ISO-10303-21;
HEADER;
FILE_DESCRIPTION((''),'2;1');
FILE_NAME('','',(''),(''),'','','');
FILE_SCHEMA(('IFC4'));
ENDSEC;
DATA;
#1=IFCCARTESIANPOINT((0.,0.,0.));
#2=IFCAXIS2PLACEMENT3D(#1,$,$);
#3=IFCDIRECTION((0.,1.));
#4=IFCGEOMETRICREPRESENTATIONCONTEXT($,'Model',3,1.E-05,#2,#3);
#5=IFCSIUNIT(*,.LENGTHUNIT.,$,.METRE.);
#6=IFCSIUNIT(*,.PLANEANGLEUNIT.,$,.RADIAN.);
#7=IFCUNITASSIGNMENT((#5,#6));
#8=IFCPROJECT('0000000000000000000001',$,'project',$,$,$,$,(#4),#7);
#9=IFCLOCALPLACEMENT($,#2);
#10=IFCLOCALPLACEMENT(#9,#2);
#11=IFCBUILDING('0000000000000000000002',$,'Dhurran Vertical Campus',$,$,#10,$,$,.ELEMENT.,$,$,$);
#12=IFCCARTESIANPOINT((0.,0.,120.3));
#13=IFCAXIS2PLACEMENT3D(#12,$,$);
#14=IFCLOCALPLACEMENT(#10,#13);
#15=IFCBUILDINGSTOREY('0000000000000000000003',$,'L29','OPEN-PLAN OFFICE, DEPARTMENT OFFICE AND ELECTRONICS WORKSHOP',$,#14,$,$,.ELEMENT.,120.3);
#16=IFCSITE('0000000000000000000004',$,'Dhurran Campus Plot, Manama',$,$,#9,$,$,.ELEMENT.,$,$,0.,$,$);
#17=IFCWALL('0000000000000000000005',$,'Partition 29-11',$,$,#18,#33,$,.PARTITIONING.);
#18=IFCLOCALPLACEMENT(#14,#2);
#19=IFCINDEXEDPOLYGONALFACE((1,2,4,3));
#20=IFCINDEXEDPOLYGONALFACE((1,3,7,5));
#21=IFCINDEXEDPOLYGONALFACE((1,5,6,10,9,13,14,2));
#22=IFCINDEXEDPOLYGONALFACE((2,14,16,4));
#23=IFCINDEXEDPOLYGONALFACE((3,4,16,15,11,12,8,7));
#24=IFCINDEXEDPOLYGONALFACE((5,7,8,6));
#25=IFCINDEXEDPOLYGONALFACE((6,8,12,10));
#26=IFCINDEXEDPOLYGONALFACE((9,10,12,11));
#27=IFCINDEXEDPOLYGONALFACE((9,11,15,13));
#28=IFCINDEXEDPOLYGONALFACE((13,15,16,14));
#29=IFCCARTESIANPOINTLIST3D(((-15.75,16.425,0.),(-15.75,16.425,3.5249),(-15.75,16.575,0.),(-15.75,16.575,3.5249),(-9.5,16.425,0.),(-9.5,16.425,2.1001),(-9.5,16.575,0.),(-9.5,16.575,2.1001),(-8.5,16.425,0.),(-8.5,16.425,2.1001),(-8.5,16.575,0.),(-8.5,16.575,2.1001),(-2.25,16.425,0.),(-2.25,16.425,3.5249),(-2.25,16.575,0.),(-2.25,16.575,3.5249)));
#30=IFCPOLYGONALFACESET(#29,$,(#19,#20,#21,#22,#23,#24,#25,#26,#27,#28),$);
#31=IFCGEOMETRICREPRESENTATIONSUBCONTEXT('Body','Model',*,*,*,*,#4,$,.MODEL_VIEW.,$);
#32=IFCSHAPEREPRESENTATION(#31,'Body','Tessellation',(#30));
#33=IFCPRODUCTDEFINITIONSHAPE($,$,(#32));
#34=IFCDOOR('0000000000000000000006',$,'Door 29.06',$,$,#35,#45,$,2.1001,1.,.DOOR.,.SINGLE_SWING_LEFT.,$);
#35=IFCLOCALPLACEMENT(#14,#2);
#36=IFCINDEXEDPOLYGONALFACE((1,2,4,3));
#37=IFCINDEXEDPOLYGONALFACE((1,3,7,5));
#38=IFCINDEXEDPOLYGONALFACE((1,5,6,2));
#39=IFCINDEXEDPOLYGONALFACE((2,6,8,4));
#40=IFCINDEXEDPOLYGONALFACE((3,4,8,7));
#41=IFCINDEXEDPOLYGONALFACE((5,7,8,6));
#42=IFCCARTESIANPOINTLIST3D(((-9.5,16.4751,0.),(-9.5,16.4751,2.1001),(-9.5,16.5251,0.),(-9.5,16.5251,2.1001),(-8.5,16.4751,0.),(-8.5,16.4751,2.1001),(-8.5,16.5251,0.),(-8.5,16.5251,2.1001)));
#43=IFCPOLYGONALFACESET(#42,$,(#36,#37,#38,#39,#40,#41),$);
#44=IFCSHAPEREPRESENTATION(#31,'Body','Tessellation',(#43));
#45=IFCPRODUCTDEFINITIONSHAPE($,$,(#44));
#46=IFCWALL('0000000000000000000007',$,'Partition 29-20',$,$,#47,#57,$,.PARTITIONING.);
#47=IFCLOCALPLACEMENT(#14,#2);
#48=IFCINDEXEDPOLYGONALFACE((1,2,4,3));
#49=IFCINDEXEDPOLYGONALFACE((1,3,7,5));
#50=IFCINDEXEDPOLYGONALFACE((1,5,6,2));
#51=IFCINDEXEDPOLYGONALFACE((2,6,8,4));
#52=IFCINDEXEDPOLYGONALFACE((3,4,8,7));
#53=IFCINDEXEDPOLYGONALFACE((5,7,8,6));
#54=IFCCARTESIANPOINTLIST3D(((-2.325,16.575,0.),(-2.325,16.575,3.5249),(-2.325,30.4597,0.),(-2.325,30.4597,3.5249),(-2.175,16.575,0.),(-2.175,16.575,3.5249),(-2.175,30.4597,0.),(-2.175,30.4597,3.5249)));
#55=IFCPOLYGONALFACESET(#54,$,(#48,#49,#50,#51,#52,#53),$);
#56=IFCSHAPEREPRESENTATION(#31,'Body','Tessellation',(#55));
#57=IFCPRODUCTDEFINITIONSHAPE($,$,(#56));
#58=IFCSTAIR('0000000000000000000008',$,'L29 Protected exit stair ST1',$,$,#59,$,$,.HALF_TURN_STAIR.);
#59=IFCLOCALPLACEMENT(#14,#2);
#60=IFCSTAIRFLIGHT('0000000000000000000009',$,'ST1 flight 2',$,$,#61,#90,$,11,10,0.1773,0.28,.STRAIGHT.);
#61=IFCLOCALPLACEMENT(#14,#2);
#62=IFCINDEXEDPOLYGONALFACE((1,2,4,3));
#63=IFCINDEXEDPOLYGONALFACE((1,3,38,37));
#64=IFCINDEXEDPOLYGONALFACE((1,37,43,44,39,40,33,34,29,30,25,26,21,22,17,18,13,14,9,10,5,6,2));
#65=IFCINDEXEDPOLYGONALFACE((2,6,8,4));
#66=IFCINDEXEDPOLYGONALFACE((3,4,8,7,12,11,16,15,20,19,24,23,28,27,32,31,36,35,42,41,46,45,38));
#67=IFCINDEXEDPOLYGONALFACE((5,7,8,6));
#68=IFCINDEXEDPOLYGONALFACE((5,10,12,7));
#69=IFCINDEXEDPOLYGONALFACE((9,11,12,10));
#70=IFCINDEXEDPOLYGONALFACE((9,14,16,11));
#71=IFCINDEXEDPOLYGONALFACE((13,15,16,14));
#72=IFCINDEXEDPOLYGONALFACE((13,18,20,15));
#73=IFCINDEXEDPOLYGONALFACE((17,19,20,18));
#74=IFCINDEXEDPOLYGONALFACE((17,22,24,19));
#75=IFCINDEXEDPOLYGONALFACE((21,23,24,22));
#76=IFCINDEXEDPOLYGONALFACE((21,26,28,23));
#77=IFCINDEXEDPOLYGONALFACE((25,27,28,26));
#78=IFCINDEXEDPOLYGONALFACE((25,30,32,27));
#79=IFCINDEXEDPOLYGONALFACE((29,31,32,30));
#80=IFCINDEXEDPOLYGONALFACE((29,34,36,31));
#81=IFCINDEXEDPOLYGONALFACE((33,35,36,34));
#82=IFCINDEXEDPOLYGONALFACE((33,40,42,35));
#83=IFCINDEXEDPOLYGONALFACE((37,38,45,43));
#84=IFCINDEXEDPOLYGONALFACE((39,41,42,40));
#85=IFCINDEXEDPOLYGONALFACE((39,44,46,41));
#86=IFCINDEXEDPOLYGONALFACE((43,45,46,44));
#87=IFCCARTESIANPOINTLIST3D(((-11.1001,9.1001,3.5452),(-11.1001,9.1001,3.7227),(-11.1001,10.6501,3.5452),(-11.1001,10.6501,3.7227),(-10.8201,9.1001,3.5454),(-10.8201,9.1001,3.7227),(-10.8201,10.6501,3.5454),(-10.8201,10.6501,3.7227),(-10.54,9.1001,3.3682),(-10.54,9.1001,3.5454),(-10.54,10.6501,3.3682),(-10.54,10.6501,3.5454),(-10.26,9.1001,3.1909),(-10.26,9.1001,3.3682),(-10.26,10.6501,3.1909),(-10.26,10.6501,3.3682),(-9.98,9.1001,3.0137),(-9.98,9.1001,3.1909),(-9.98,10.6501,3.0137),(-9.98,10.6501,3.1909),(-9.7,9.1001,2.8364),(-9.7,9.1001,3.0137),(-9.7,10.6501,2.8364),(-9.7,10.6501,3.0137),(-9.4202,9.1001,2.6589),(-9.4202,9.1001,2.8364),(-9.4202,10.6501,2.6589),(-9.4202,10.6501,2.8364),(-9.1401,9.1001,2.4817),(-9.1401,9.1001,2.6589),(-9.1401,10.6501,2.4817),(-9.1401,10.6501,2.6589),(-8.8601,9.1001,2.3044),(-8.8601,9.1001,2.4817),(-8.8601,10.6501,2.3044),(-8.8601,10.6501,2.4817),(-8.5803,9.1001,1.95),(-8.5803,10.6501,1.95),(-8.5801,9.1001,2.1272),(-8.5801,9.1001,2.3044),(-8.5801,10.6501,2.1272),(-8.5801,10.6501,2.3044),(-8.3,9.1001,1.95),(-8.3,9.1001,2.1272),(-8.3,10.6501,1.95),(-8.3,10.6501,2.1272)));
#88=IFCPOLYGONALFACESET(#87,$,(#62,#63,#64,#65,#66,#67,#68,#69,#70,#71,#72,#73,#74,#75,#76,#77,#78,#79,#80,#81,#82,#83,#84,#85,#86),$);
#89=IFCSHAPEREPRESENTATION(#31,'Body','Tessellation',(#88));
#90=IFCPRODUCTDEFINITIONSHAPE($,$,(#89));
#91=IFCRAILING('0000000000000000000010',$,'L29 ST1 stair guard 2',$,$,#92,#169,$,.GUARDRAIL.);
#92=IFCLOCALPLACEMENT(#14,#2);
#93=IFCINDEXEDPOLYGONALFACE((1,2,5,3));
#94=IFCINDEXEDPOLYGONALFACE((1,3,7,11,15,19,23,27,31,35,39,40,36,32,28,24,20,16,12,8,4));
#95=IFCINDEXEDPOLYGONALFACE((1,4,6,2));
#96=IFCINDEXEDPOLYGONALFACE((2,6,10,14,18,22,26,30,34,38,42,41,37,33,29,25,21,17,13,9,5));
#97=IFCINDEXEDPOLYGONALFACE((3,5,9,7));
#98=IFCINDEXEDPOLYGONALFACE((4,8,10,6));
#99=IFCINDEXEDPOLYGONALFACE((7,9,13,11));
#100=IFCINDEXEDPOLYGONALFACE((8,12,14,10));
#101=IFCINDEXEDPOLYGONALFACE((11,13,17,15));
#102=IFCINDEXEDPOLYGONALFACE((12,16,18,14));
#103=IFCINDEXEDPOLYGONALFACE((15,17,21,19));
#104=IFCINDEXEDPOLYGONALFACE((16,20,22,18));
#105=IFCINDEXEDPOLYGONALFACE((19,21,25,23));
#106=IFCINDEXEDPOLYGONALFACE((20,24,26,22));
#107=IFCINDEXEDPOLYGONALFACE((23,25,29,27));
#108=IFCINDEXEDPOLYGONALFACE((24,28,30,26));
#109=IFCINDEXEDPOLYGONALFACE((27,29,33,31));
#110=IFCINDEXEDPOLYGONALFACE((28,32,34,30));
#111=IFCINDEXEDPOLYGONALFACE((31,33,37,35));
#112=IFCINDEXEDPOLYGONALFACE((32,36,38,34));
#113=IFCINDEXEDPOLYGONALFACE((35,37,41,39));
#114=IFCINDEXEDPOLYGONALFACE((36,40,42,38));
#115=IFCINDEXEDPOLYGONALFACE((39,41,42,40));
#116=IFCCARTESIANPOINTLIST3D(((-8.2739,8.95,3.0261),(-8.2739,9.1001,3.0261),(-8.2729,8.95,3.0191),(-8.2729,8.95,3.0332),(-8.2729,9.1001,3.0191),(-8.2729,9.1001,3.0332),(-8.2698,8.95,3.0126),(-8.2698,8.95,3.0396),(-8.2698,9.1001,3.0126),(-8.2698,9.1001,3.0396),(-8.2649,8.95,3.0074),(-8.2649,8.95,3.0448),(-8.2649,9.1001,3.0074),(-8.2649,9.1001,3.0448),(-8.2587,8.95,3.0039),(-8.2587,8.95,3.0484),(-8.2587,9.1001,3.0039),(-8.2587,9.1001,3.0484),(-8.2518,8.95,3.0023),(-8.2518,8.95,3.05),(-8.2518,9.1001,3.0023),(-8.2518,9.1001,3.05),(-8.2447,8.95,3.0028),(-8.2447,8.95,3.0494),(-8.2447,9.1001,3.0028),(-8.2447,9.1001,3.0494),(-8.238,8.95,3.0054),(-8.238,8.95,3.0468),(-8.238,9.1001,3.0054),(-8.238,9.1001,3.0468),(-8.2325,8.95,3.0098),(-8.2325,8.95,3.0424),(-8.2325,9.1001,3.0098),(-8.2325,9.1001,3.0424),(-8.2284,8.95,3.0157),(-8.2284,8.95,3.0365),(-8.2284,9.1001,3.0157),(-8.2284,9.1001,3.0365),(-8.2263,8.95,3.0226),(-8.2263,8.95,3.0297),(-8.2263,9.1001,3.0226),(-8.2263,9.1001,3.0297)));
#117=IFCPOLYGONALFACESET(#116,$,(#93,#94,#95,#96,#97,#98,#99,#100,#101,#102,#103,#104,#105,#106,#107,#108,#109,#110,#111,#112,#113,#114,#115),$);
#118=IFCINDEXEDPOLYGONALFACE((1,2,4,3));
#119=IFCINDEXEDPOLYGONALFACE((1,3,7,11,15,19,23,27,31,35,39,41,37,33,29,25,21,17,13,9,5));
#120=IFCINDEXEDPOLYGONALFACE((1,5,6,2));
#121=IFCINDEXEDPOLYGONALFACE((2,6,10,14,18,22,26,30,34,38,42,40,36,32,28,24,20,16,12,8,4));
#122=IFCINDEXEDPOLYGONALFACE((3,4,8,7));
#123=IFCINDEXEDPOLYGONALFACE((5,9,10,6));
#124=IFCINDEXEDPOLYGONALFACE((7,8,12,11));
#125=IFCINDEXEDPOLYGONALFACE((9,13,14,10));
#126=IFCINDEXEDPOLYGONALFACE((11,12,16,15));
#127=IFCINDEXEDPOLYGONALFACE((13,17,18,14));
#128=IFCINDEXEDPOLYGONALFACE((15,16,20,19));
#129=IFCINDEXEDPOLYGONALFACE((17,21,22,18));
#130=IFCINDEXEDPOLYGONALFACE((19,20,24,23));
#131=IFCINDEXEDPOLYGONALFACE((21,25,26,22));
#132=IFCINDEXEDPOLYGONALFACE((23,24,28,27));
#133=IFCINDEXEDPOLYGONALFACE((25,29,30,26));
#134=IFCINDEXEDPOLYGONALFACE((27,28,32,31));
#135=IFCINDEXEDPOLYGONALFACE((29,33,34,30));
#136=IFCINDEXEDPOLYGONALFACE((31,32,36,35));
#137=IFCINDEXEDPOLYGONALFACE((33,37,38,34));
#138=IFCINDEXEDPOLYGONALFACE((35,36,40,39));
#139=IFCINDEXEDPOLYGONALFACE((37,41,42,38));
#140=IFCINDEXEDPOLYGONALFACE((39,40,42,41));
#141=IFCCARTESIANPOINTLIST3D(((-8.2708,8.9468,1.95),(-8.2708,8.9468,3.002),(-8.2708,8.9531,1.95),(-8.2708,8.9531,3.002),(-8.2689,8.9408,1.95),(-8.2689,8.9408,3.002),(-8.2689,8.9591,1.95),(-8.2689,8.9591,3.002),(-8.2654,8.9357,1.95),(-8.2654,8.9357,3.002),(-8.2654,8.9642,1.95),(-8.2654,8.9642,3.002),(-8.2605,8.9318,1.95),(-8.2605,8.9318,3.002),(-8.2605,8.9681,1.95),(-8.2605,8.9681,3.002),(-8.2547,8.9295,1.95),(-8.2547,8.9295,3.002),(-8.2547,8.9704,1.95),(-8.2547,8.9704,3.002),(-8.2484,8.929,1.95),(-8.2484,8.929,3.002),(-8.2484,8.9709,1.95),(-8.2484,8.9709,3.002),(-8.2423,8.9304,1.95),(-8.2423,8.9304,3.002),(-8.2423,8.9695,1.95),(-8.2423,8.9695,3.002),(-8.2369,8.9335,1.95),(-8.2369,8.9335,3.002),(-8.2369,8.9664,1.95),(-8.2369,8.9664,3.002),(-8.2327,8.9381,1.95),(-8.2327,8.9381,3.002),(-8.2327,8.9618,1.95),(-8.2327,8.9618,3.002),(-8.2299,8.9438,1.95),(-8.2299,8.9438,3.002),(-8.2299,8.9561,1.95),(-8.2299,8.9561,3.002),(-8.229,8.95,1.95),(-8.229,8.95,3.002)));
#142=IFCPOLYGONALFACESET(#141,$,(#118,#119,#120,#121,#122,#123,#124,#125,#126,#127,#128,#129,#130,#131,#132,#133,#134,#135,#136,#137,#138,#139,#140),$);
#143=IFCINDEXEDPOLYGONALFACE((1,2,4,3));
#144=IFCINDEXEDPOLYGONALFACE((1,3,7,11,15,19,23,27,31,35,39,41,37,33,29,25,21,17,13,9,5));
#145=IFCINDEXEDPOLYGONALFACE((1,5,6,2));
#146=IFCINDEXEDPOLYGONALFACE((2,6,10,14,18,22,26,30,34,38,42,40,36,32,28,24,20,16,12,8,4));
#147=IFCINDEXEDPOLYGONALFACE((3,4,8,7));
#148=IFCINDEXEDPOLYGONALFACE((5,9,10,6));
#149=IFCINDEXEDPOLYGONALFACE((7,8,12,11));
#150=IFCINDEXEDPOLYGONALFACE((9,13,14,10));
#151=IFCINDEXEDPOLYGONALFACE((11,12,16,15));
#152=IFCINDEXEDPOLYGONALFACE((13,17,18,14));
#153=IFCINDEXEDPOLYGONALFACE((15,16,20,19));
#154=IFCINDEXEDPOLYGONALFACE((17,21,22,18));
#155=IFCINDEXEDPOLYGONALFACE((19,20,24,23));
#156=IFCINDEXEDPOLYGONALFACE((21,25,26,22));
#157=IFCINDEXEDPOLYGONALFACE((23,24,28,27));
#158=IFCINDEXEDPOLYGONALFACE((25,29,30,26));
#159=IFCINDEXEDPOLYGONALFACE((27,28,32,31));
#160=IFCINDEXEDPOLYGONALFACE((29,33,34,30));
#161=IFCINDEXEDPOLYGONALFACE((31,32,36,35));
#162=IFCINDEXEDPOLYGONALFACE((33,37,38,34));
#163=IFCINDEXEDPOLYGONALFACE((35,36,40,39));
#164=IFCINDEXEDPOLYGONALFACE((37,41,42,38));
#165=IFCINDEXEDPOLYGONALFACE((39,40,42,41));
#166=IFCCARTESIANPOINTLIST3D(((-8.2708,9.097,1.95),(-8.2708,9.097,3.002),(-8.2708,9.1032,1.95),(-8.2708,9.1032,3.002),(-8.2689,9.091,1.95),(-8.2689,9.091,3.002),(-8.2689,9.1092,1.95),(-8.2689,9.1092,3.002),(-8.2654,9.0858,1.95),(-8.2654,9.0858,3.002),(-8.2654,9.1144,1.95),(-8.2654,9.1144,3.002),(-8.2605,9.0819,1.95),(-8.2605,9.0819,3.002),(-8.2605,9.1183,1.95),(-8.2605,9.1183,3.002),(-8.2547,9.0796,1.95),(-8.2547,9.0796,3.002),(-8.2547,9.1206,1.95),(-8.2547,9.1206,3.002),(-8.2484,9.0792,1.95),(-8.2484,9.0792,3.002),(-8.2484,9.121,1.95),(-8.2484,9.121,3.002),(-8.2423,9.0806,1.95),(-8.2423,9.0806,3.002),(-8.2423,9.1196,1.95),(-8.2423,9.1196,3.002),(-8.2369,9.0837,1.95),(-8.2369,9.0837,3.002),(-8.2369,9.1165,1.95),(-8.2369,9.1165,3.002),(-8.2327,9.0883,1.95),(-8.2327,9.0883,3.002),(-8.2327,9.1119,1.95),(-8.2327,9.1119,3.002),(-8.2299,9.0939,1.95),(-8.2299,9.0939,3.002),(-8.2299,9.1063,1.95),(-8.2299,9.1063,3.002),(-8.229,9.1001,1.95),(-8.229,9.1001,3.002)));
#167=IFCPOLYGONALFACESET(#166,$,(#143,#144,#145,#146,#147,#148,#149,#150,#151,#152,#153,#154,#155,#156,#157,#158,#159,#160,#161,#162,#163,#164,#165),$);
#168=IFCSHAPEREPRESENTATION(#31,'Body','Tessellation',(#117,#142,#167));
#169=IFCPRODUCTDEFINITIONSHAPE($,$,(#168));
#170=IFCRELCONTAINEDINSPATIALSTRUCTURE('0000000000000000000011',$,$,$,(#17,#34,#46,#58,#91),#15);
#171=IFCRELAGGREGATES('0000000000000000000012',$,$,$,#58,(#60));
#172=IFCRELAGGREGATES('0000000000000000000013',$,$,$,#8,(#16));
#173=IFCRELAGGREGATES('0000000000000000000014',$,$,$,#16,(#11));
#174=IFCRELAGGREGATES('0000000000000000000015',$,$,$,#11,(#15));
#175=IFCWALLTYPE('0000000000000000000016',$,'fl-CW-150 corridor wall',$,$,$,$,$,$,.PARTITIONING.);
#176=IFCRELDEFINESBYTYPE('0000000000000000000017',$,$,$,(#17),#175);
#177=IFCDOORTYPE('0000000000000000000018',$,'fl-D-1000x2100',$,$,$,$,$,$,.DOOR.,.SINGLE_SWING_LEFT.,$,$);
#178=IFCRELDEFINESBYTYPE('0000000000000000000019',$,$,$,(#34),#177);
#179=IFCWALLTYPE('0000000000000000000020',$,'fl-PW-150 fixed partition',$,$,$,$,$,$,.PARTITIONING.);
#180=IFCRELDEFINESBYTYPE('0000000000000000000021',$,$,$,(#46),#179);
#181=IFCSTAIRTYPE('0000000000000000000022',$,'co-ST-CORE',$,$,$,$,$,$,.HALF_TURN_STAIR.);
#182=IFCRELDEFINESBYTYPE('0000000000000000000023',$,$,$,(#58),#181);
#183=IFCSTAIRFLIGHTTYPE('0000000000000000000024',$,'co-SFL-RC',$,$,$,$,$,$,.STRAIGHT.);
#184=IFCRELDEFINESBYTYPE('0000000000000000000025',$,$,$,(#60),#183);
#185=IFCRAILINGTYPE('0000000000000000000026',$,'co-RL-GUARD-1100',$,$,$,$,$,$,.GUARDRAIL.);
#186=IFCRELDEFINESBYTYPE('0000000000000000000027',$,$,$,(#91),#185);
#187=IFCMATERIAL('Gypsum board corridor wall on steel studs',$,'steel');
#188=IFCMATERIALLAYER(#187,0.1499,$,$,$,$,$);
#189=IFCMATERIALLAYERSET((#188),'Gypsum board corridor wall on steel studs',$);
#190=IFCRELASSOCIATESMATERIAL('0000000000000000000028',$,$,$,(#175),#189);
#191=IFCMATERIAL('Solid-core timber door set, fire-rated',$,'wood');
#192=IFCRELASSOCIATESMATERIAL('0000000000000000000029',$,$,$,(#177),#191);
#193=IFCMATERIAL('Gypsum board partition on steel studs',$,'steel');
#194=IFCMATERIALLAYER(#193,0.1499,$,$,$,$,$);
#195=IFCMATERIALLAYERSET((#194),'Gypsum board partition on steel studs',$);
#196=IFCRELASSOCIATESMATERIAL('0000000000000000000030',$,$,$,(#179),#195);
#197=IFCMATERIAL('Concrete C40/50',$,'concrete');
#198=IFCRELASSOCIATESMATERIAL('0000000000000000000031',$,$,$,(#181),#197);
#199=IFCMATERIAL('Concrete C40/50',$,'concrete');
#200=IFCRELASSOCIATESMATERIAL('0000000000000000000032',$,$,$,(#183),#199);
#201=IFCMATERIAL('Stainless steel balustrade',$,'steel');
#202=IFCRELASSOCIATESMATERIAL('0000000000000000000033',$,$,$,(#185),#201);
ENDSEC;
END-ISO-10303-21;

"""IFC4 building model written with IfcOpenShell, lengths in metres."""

from ifc_helpers import new_model, si_unit, direction, frame, frame_2d, origin, origin_2d, place, context, subcontext, project, spatial, polyline, rectangle, circle, outline, extrude, material, layer, layer_set, type_object, element, fill, aggregate, save


model = new_model("IFC4")

# Units and contexts
model_context = context("Model", 3, precision=1e-05, world=origin(), true_north=direction((0.0, 1.0)))
body_context = subcontext(model_context, "Body", "Model", "MODEL_VIEW")
ifc_project = project(units=[si_unit("LENGTHUNIT", "METRE"), si_unit("PLANEANGLEUNIT", "RADIAN")], contexts=[model_context])

# Site, building, storey
site_placement = place(None, origin())
site = spatial("IfcSite", under=ifc_project, at=site_placement, Name="Dhurran Campus Plot, Manama", CompositionType="ELEMENT", RefElevation=0.0)
building_placement = place(site_placement, origin())
building = spatial("IfcBuilding", under=site, at=building_placement, Name="Dhurran Vertical Campus", CompositionType="ELEMENT")
storey_placement = place(building_placement, frame((0.0, 0.0, 120.3)))
storey = spatial("IfcBuildingStorey", under=building, at=storey_placement, Name="L29", Description="OPEN-PLAN OFFICE, DEPARTMENT OFFICE AND ELECTRONICS WORKSHOP", CompositionType="ELEMENT", Elevation=120.3)

# Wall, opening, door
ifc_material_1 = material(Name="Gypsum board corridor wall on steel studs", Category="steel")
ifc_layer_1 = layer(ifc_material_1, 0.1499)
ifc_layer_set_1 = layer_set([ifc_layer_1], Name="Gypsum board corridor wall on steel studs")
wall_type_1 = type_object("IfcWallType", Name="fl-CW-150 corridor wall", PredefinedType="PARTITIONING", material=ifc_layer_set_1)
wall_1_placement = place(storey_placement, frame((-2.25, 16.5, 0.0), z_axis=(0.0, 0.0, 1.0), x_axis=(-1.0, 0.0, 0.0)))
wall_1 = element("IfcWall", 1, at=wall_1_placement, inside=storey, type_object=wall_type_1, Name="Partition 29-11", PredefinedType="PARTITIONING", context=body_context, shape_type="SweptSolid", body=[
    extrude(rectangle(XDim=13.5, YDim=0.1499, at=frame_2d((6.75, 0.0))), origin(), (0.0, 0.0, 1.0), 3.5249),
])
opening_1_placement = place(wall_1_placement, frame((6.25, 0.0, 0.0)))
opening_1 = element("IfcOpeningElement", 2, at=opening_1_placement, cuts=wall_1, PredefinedType="OPENING", context=body_context, shape_type="SweptSolid", body=[
    extrude(rectangle(XDim=1.0, YDim=2.1001, at=frame_2d((0.5, 1.05))), frame((0.0, 0.085, 0.0), z_axis=(0.0, -1.0, 0.0), x_axis=(1.0, 0.0, 0.0)), (0.0, 0.0, 1.0), 0.1699),
])
ifc_material_2 = material(Name="Solid-core timber door set, fire-rated", Category="wood")
door_type_1 = type_object("IfcDoorType", Name="fl-D-1000x2100", OperationType="SINGLE_SWING_LEFT", PredefinedType="DOOR", material=ifc_material_2)
door_1_placement = place(opening_1_placement, origin())
door_1 = element("IfcDoor", 3, at=door_1_placement, inside=storey, type_object=door_type_1, Name="Door 29.06", OperationType="SINGLE_SWING_LEFT", OverallHeight=2.1001, OverallWidth=1.0, PredefinedType="DOOR", context=body_context, shape_type="SweptSolid", body=[
    extrude(rectangle(XDim=1.0, YDim=2.1001, at=frame_2d((0.5, 1.05))), frame((0.0, 0.0249, 0.0), z_axis=(0.0, -1.0, 0.0), x_axis=(1.0, 0.0, 0.0)), (0.0, 0.0, 1.0), 0.05),
])
fill(opening_1, door_1)

# Wall
ifc_material_3 = material(Name="Gypsum board partition on steel studs", Category="steel")
ifc_layer_2 = layer(ifc_material_3, 0.1499)
ifc_layer_set_2 = layer_set([ifc_layer_2], Name="Gypsum board partition on steel studs")
wall_type_2 = type_object("IfcWallType", Name="fl-PW-150 fixed partition", PredefinedType="PARTITIONING", material=ifc_layer_set_2)
wall_2_placement = place(storey_placement, frame((-2.25, 30.4597, 0.0), z_axis=(0.0, 0.0, 1.0), x_axis=(0.0, -1.0, 0.0)))
element("IfcWall", 4, at=wall_2_placement, inside=storey, type_object=wall_type_2, Name="Partition 29-20", PredefinedType="PARTITIONING", context=body_context, shape_type="SweptSolid", body=[
    extrude(rectangle(XDim=13.8848, YDim=0.1499, at=frame_2d((6.9424, 0.0))), origin(), (0.0, 0.0, 1.0), 3.5249),
])

# Stair, stair flight
ifc_material_4 = material(Name="Concrete C40/50", Category="concrete")
stair_type = type_object("IfcStairType", Name="co-ST-CORE", PredefinedType="HALF_TURN_STAIR", material=ifc_material_4)
stair_placement = place(storey_placement, origin())
stair = element("IfcStair", 5, at=stair_placement, inside=storey, type_object=stair_type, Name="L29 Protected exit stair ST1", PredefinedType="HALF_TURN_STAIR")
ifc_material_5 = material(Name="Concrete C40/50", Category="concrete")
stair_flight_type = type_object("IfcStairFlightType", Name="co-SFL-RC", PredefinedType="STRAIGHT", material=ifc_material_5)
stair_flight_placement = place(storey_placement, frame((-8.3, 9.875, 1.95), z_axis=(0.0, 0.0, 1.0), x_axis=(-1.0, 0.0, 0.0)))
stair_flight = element("IfcStairFlight", 6, at=stair_flight_placement, type_object=stair_flight_type, Name="ST1 flight 2", NumberOfRisers=11, NumberOfTreads=10, PredefinedType="STRAIGHT", RiserHeight=0.1773, TreadLength=0.28, context=body_context, shape_type="SweptSolid", body=[
    extrude(outline(polyline([(0.0, 0.0), (0.0, 0.1772), (0.28, 0.1772), (0.28, 0.3545), (0.5601, 0.3545), (0.5601, 0.5317), (0.8401, 0.5317), (0.8401, 0.709), (1.1201, 0.709), (1.1201, 0.8865), (1.3999, 0.8865), (1.3999, 1.0637), (1.6799, 1.0637), (1.6799, 1.241), (1.96, 1.241), (1.96, 1.4182), (2.24, 1.4182), (2.24, 1.5955), (2.52, 1.5955), (2.52, 1.7727), (2.8, 1.7727), (2.8, 1.95), (2.8, 1.5952), (0.2803, 0.0), (0.0, 0.0)])), frame((0.0, 0.7749, 0.0), z_axis=(0.0, -1.0, 0.0), x_axis=(1.0, 0.0, 0.0)), (0.0, 0.0, 1.0), 1.55),
])
aggregate(stair, [stair_flight])

# Railing
ifc_material_6 = material(Name="Stainless steel balustrade", Category="steel")
railing_type_1 = type_object("IfcRailingType", Name="co-RL-GUARD-1100", PredefinedType="GUARDRAIL", material=ifc_material_6)
railing_1_placement = place(storey_placement, frame((-8.25, 8.95, 1.95)))
element("IfcRailing", 7, at=railing_1_placement, inside=storey, type_object=railing_type_1, Name="L29 ST1 stair guard 2", PredefinedType="GUARDRAIL", context=body_context, shape_type="SweptSolid", body=[
    extrude(circle(Radius=0.0239, at=origin_2d()), frame((0.0, 0.0, 1.0762), z_axis=(0.0, 1.0, 0.0), x_axis=(-1.0, 0.0, 0.0)), (0.0, 0.0, 1.0), 0.1501),
    extrude(circle(Radius=0.021, at=origin_2d()), origin(), (0.0, 0.0, 1.0), 1.052),
    extrude(circle(Radius=0.021, at=origin_2d()), frame((0.0, 0.1501, 0.0)), (0.0, 0.0, 1.0), 1.052),
])

save(model, "model.ifc")
